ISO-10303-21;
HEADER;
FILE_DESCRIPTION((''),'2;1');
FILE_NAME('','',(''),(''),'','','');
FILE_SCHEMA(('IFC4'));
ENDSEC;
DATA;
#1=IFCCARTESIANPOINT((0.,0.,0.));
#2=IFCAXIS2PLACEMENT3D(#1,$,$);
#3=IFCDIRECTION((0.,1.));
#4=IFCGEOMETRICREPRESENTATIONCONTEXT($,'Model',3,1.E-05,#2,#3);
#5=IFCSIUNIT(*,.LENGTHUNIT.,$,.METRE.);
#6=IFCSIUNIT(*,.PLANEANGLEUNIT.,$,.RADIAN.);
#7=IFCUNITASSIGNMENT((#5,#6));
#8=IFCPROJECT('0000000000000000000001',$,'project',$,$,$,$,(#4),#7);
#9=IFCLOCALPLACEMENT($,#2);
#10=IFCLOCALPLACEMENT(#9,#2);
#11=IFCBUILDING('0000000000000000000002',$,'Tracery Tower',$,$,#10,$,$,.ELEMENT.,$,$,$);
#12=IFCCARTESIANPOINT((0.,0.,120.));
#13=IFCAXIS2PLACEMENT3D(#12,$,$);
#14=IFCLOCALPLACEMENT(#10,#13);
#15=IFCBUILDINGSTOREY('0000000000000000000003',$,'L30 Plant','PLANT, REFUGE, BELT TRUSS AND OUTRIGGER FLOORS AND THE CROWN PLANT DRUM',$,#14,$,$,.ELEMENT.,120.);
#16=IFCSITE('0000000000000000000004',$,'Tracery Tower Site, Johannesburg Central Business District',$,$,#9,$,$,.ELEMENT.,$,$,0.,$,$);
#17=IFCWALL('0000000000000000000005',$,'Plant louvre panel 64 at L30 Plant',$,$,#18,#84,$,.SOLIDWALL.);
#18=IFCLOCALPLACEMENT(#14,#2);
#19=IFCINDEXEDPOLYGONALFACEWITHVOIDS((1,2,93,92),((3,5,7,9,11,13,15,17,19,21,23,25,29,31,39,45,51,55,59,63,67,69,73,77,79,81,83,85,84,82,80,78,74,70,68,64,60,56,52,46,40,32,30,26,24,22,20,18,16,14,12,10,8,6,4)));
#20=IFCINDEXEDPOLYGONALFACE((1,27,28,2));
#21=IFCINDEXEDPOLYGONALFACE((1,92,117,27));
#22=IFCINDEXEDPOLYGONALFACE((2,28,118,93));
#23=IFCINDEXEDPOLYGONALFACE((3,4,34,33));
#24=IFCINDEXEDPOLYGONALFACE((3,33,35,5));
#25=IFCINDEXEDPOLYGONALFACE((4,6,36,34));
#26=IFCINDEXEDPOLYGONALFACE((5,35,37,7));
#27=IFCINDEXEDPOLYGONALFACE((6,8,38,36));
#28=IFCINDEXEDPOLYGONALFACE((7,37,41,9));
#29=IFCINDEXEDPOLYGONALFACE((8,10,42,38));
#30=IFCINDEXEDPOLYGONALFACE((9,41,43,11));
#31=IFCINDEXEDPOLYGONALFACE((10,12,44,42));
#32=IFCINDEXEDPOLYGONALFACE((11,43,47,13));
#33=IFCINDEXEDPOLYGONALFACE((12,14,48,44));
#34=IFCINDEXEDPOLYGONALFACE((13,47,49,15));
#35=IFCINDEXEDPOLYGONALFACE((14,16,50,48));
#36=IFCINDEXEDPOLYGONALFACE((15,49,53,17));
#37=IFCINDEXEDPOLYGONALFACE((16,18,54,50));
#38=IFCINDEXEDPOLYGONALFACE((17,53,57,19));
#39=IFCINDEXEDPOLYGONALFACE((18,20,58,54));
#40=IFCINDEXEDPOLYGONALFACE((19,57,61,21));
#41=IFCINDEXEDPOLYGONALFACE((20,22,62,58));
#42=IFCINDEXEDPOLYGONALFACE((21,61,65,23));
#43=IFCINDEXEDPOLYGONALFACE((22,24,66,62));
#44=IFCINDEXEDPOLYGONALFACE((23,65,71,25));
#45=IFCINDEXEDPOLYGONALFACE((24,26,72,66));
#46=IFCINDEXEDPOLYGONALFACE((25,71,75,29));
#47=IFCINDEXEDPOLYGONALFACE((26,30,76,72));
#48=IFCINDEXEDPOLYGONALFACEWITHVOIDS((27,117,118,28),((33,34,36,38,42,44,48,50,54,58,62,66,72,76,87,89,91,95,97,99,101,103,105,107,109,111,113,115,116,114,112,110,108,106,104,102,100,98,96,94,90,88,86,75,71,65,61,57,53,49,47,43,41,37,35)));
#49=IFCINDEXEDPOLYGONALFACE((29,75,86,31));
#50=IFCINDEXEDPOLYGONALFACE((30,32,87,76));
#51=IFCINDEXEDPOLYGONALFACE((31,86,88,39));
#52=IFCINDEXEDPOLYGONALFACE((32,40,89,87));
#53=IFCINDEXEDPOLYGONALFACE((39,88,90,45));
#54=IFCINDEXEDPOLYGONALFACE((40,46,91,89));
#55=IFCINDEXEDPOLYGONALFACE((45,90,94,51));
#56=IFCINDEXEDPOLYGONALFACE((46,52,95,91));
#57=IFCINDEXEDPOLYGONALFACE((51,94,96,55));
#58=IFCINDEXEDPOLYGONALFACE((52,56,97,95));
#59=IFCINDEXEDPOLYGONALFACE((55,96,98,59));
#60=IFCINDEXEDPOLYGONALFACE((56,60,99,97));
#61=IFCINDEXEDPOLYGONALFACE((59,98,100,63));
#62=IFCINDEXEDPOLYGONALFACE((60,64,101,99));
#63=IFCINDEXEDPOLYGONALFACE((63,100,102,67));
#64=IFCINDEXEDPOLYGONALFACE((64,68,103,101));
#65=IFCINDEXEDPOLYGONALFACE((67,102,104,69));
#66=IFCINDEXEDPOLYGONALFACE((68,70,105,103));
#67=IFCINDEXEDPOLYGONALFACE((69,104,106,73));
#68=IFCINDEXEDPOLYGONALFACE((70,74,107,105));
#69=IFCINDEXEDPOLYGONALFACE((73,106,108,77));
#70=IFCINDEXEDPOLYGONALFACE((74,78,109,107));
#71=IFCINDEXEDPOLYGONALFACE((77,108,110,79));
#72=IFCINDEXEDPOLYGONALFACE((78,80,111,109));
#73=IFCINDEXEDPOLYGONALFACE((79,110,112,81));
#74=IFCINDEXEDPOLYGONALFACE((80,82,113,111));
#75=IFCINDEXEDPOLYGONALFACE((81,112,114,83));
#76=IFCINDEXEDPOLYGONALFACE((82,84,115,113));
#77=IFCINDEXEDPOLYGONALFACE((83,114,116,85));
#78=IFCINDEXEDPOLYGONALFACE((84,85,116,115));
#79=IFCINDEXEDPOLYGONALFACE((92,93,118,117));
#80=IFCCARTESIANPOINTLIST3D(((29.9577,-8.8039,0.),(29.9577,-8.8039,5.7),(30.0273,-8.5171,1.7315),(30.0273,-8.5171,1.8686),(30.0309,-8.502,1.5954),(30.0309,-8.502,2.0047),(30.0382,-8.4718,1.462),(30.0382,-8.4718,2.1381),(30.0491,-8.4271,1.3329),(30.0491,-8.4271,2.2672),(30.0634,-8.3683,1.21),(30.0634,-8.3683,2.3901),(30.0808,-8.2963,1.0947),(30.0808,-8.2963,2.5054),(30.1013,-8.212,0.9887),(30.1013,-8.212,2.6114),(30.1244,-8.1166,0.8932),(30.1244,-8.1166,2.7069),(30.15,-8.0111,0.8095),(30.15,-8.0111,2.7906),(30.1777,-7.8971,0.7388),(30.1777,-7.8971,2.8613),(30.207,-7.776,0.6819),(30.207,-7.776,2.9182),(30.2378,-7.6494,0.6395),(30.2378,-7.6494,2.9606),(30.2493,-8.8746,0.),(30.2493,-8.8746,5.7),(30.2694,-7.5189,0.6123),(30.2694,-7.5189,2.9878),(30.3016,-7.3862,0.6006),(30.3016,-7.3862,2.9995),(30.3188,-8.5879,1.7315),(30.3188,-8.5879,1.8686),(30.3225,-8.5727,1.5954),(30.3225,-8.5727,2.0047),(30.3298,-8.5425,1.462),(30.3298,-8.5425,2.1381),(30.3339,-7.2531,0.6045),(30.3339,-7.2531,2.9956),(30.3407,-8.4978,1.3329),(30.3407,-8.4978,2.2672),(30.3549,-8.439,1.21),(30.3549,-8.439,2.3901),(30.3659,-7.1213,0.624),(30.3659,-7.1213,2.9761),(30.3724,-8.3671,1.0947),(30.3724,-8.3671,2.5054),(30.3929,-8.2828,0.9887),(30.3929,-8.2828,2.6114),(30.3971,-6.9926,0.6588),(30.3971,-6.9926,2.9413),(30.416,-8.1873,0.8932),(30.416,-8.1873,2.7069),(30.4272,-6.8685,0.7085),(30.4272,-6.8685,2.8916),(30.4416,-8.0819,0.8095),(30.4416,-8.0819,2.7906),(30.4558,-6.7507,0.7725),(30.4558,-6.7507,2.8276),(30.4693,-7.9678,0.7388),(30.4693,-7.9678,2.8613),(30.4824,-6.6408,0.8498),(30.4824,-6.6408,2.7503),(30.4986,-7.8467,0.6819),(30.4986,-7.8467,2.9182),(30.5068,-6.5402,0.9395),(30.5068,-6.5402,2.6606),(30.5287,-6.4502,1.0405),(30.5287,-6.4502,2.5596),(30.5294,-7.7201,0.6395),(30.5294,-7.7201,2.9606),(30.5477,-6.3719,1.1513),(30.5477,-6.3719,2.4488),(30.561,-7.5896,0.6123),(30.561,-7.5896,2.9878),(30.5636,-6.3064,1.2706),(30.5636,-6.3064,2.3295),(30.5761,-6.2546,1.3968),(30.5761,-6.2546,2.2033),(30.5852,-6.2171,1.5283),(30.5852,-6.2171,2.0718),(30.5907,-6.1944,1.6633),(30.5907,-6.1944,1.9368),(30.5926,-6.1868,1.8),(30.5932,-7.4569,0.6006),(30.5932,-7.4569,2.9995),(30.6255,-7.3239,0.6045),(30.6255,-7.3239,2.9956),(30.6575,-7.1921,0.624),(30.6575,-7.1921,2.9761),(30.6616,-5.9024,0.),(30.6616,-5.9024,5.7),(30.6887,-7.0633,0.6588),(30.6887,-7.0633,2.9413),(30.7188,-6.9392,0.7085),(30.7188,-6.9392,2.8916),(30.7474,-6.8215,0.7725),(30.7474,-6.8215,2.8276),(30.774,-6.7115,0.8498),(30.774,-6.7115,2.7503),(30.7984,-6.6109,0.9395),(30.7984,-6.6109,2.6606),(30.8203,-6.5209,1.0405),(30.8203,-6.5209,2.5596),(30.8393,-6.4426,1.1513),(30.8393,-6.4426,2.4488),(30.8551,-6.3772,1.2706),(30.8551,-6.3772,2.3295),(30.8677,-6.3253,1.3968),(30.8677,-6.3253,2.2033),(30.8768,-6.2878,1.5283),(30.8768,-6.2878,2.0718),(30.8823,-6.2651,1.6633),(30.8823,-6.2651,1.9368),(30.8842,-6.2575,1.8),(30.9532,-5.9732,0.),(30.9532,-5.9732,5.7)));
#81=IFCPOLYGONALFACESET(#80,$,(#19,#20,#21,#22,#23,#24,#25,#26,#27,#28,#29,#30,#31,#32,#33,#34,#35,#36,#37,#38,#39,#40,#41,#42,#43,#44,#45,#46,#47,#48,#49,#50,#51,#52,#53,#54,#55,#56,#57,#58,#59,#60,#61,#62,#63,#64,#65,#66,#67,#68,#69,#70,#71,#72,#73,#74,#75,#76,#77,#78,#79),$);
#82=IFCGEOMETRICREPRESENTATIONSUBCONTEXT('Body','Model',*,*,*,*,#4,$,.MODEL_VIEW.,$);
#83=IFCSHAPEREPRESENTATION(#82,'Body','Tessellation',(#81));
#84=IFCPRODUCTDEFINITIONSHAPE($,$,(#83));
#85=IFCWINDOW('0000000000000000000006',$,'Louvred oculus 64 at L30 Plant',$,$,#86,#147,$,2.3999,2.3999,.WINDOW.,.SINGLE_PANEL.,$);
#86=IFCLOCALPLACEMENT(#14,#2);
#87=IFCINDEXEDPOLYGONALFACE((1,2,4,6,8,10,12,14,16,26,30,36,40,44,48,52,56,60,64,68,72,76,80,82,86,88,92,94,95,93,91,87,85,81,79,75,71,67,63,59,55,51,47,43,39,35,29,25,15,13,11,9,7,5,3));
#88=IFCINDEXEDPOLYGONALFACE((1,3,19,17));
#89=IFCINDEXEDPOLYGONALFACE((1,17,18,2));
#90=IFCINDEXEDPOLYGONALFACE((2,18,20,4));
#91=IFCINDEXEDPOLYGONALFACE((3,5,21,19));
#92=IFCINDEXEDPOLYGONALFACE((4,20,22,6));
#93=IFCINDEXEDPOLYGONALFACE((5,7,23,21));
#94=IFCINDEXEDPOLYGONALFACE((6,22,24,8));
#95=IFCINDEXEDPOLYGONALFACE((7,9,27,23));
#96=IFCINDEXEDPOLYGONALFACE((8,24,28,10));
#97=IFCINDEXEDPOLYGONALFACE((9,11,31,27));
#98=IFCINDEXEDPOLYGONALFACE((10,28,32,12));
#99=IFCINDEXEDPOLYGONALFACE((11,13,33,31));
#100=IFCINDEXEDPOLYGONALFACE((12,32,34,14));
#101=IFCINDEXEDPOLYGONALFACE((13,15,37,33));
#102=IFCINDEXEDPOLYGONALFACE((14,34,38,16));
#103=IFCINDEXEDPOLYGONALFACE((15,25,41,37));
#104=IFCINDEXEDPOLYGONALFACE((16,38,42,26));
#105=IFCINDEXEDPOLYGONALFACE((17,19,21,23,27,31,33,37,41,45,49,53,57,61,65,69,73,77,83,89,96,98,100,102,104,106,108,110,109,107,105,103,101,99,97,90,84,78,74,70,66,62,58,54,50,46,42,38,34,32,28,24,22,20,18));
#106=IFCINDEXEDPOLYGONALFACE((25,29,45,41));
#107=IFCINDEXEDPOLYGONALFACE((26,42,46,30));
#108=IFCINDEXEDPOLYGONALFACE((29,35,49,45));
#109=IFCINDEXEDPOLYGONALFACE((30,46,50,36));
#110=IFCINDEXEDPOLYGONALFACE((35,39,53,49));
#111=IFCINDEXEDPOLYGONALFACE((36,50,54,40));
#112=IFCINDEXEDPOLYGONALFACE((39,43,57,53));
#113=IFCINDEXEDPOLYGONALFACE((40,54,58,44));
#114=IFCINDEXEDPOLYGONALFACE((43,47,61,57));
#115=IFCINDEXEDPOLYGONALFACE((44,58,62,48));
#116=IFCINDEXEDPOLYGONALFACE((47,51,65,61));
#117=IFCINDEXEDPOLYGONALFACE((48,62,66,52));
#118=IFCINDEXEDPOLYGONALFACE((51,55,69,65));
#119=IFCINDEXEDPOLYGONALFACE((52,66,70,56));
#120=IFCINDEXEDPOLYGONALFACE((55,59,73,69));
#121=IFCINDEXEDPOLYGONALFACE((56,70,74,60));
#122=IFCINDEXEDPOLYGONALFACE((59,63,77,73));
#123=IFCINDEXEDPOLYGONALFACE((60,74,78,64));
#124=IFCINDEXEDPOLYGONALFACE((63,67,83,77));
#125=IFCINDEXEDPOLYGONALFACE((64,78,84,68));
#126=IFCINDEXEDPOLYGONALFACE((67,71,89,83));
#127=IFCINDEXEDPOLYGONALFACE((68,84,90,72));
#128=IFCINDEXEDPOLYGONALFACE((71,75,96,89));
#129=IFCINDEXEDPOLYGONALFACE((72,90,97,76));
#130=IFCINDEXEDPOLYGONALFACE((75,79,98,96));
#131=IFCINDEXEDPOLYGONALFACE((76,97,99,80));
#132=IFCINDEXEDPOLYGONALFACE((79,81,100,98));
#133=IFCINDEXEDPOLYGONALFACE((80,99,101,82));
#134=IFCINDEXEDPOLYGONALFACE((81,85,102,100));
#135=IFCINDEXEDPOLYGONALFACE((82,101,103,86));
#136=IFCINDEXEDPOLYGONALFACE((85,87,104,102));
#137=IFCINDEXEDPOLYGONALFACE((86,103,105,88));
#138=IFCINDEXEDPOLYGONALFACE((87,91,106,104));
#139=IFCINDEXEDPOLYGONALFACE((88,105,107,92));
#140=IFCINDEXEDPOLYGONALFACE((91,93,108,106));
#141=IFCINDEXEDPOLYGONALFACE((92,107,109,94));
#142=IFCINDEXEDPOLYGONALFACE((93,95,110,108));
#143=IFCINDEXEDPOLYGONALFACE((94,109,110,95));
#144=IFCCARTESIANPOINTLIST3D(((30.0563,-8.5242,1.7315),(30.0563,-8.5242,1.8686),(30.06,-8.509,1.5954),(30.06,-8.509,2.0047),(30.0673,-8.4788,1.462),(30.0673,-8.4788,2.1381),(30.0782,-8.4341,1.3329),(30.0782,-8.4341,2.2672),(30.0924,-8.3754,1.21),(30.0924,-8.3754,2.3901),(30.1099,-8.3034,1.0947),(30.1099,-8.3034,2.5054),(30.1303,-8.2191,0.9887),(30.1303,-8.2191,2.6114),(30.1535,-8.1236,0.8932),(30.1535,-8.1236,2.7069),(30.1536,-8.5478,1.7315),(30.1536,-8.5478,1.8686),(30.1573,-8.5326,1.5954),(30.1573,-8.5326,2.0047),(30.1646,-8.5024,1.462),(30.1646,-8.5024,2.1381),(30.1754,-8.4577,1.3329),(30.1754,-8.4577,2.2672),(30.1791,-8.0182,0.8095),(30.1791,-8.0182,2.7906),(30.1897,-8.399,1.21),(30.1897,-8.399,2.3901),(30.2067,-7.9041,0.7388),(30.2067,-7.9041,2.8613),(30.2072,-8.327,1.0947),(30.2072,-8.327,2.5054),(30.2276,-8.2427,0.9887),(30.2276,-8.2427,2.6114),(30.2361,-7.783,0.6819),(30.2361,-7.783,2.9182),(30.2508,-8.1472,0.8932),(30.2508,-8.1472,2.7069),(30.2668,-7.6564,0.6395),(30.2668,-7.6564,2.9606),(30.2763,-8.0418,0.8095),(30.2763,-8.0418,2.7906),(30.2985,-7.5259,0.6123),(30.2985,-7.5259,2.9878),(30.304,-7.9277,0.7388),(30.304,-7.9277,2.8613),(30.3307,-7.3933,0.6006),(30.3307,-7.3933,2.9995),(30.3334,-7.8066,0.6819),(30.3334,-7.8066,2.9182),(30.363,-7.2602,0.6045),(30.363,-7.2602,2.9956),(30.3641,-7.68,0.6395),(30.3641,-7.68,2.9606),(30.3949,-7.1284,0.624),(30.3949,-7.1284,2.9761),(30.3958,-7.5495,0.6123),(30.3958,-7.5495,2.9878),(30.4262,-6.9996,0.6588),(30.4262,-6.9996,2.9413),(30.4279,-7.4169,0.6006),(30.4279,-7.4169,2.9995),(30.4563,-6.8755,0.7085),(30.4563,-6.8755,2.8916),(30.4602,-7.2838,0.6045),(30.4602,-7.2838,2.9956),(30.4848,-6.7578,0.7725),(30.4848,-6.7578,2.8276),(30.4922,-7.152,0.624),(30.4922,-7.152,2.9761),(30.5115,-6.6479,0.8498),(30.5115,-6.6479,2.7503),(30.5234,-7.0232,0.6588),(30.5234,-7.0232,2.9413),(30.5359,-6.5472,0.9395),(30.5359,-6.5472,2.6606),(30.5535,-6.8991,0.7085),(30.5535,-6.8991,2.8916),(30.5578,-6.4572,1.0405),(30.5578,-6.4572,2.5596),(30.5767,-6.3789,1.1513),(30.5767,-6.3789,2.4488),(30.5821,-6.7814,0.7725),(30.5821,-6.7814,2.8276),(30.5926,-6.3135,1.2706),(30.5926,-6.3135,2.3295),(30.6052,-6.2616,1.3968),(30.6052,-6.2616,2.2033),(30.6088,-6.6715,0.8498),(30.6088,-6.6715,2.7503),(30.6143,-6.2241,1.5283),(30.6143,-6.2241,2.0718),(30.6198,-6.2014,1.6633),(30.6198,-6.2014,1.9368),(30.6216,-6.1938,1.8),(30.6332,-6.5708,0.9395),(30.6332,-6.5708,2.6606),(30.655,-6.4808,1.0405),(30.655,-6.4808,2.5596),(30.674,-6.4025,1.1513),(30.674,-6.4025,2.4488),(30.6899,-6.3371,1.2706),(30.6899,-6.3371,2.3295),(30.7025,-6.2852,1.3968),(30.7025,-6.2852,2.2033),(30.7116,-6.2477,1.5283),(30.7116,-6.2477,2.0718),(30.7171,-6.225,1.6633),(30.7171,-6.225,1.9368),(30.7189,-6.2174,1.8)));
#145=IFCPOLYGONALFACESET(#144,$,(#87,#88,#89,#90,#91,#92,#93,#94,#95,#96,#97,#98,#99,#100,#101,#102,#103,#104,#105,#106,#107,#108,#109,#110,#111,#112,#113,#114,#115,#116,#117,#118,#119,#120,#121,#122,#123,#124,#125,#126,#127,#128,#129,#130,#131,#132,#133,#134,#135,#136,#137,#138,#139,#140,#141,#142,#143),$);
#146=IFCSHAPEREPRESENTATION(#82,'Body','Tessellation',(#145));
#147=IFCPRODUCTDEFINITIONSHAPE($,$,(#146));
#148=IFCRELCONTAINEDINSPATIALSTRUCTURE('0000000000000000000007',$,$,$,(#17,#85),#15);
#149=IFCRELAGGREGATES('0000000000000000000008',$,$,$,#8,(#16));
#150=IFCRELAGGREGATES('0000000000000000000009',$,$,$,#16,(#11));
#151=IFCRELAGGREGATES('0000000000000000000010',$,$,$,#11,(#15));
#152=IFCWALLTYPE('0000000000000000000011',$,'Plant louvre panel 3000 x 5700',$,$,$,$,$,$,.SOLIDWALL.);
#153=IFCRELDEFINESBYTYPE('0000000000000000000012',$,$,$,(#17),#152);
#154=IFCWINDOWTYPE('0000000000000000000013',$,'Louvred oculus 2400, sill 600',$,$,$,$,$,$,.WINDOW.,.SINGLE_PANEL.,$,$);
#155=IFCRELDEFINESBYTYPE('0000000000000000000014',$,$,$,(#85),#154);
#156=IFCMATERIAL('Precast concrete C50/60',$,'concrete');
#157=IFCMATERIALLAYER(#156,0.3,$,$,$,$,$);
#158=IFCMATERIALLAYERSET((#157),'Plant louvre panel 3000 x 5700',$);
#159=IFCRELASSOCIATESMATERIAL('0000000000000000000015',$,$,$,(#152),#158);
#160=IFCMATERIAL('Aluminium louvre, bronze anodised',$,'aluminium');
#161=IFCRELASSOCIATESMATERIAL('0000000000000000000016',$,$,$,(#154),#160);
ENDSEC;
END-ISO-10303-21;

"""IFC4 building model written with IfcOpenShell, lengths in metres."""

from ifc_helpers import new_model, si_unit, direction, frame, frame_2d, origin, origin_2d, place, context, subcontext, project, spatial, rectangle, circle, extrude, material, layer, layer_set, type_object, element, fill, save


model = new_model("IFC4")

# Units and contexts
model_context = context("Model", 3, precision=1e-05, world=origin(), true_north=direction((0.0, 1.0)))
body_context = subcontext(model_context, "Body", "Model", "MODEL_VIEW")
ifc_project = project(units=[si_unit("LENGTHUNIT", "METRE"), si_unit("PLANEANGLEUNIT", "RADIAN")], contexts=[model_context])

# Site, building, storey
site_placement = place(None, origin())
site = spatial("IfcSite", under=ifc_project, at=site_placement, Name="Tracery Tower Site, Johannesburg Central Business District", CompositionType="ELEMENT", RefElevation=0.0)
building_placement = place(site_placement, origin())
building = spatial("IfcBuilding", under=site, at=building_placement, Name="Tracery Tower", CompositionType="ELEMENT")
storey_placement = place(building_placement, frame((0.0, 0.0, 120.0)))
storey = spatial("IfcBuildingStorey", under=building, at=storey_placement, Name="L30 Plant", Description="PLANT, REFUGE, BELT TRUSS AND OUTRIGGER FLOORS AND THE CROWN PLANT DRUM", CompositionType="ELEMENT", Elevation=120.0)

# Wall, opening, window
ifc_material_1 = material(Name="Precast concrete C50/60", Category="concrete")
ifc_layer_1 = layer(ifc_material_1, 0.3)
ifc_layer_set_1 = layer_set([ifc_layer_1], Name="Plant louvre panel 3000 x 5700")
wall_type_1 = type_object("IfcWallType", Name="Plant louvre panel 3000 x 5700", PredefinedType="SOLIDWALL", material=ifc_layer_set_1)
ifc_material_2 = material(Name="Aluminium louvre, bronze anodised", Category="aluminium")
window_type = type_object("IfcWindowType", Name="Louvred oculus 2400, sill 600", PartitioningType="SINGLE_PANEL", PredefinedType="WINDOW", material=ifc_material_2)
wall_1_placement = place(storey_placement, frame((30.1035, -8.8391, 0.0), z_axis=(0.0, 0.0, 1.0), x_axis=(0.235757, 0.971812, 0.0)))
wall_1 = element("IfcWall", 1, at=wall_1_placement, inside=storey, type_object=wall_type_1, Name="Plant louvre panel 64 at L30 Plant", PredefinedType="SOLIDWALL", context=body_context, shape_type="SweptSolid", body=[
    extrude(rectangle(XDim=2.9856, YDim=0.3, at=frame_2d((1.4927, 0.0))), origin(), (0.0, 0.0, 1.0), 5.7),
])
opening_1_placement = place(wall_1_placement, frame((1.4929, 0.0, 1.8)))
opening_1 = element("IfcOpeningElement", 2, at=opening_1_placement, cuts=wall_1, PredefinedType="OPENING", context=body_context, shape_type="SweptSolid", body=[
    extrude(circle(Radius=1.2, at=origin_2d()), frame((0.0, 0.1599, 0.0), z_axis=(0.0, -1.0, 0.0), x_axis=(1.0, 0.0, 0.0)), (0.0, 0.0, 1.0), 0.3201),
])
window_1_placement = place(opening_1_placement, origin())
window_1 = element("IfcWindow", 3, at=window_1_placement, inside=storey, type_object=window_type, Name="Louvred oculus 64 at L30 Plant", OverallHeight=2.3999, OverallWidth=2.3999, PartitioningType="SINGLE_PANEL", PredefinedType="WINDOW", context=body_context, shape_type="SweptSolid", body=[
    extrude(circle(Radius=1.2, at=origin_2d()), frame((0.0, 0.1201, 0.0), z_axis=(0.0, -1.0, 0.0), x_axis=(1.0, 0.0, 0.0)), (0.0, 0.0, 1.0), 0.1001),
])
fill(opening_1, window_1)

save(model, "model.ifc")
